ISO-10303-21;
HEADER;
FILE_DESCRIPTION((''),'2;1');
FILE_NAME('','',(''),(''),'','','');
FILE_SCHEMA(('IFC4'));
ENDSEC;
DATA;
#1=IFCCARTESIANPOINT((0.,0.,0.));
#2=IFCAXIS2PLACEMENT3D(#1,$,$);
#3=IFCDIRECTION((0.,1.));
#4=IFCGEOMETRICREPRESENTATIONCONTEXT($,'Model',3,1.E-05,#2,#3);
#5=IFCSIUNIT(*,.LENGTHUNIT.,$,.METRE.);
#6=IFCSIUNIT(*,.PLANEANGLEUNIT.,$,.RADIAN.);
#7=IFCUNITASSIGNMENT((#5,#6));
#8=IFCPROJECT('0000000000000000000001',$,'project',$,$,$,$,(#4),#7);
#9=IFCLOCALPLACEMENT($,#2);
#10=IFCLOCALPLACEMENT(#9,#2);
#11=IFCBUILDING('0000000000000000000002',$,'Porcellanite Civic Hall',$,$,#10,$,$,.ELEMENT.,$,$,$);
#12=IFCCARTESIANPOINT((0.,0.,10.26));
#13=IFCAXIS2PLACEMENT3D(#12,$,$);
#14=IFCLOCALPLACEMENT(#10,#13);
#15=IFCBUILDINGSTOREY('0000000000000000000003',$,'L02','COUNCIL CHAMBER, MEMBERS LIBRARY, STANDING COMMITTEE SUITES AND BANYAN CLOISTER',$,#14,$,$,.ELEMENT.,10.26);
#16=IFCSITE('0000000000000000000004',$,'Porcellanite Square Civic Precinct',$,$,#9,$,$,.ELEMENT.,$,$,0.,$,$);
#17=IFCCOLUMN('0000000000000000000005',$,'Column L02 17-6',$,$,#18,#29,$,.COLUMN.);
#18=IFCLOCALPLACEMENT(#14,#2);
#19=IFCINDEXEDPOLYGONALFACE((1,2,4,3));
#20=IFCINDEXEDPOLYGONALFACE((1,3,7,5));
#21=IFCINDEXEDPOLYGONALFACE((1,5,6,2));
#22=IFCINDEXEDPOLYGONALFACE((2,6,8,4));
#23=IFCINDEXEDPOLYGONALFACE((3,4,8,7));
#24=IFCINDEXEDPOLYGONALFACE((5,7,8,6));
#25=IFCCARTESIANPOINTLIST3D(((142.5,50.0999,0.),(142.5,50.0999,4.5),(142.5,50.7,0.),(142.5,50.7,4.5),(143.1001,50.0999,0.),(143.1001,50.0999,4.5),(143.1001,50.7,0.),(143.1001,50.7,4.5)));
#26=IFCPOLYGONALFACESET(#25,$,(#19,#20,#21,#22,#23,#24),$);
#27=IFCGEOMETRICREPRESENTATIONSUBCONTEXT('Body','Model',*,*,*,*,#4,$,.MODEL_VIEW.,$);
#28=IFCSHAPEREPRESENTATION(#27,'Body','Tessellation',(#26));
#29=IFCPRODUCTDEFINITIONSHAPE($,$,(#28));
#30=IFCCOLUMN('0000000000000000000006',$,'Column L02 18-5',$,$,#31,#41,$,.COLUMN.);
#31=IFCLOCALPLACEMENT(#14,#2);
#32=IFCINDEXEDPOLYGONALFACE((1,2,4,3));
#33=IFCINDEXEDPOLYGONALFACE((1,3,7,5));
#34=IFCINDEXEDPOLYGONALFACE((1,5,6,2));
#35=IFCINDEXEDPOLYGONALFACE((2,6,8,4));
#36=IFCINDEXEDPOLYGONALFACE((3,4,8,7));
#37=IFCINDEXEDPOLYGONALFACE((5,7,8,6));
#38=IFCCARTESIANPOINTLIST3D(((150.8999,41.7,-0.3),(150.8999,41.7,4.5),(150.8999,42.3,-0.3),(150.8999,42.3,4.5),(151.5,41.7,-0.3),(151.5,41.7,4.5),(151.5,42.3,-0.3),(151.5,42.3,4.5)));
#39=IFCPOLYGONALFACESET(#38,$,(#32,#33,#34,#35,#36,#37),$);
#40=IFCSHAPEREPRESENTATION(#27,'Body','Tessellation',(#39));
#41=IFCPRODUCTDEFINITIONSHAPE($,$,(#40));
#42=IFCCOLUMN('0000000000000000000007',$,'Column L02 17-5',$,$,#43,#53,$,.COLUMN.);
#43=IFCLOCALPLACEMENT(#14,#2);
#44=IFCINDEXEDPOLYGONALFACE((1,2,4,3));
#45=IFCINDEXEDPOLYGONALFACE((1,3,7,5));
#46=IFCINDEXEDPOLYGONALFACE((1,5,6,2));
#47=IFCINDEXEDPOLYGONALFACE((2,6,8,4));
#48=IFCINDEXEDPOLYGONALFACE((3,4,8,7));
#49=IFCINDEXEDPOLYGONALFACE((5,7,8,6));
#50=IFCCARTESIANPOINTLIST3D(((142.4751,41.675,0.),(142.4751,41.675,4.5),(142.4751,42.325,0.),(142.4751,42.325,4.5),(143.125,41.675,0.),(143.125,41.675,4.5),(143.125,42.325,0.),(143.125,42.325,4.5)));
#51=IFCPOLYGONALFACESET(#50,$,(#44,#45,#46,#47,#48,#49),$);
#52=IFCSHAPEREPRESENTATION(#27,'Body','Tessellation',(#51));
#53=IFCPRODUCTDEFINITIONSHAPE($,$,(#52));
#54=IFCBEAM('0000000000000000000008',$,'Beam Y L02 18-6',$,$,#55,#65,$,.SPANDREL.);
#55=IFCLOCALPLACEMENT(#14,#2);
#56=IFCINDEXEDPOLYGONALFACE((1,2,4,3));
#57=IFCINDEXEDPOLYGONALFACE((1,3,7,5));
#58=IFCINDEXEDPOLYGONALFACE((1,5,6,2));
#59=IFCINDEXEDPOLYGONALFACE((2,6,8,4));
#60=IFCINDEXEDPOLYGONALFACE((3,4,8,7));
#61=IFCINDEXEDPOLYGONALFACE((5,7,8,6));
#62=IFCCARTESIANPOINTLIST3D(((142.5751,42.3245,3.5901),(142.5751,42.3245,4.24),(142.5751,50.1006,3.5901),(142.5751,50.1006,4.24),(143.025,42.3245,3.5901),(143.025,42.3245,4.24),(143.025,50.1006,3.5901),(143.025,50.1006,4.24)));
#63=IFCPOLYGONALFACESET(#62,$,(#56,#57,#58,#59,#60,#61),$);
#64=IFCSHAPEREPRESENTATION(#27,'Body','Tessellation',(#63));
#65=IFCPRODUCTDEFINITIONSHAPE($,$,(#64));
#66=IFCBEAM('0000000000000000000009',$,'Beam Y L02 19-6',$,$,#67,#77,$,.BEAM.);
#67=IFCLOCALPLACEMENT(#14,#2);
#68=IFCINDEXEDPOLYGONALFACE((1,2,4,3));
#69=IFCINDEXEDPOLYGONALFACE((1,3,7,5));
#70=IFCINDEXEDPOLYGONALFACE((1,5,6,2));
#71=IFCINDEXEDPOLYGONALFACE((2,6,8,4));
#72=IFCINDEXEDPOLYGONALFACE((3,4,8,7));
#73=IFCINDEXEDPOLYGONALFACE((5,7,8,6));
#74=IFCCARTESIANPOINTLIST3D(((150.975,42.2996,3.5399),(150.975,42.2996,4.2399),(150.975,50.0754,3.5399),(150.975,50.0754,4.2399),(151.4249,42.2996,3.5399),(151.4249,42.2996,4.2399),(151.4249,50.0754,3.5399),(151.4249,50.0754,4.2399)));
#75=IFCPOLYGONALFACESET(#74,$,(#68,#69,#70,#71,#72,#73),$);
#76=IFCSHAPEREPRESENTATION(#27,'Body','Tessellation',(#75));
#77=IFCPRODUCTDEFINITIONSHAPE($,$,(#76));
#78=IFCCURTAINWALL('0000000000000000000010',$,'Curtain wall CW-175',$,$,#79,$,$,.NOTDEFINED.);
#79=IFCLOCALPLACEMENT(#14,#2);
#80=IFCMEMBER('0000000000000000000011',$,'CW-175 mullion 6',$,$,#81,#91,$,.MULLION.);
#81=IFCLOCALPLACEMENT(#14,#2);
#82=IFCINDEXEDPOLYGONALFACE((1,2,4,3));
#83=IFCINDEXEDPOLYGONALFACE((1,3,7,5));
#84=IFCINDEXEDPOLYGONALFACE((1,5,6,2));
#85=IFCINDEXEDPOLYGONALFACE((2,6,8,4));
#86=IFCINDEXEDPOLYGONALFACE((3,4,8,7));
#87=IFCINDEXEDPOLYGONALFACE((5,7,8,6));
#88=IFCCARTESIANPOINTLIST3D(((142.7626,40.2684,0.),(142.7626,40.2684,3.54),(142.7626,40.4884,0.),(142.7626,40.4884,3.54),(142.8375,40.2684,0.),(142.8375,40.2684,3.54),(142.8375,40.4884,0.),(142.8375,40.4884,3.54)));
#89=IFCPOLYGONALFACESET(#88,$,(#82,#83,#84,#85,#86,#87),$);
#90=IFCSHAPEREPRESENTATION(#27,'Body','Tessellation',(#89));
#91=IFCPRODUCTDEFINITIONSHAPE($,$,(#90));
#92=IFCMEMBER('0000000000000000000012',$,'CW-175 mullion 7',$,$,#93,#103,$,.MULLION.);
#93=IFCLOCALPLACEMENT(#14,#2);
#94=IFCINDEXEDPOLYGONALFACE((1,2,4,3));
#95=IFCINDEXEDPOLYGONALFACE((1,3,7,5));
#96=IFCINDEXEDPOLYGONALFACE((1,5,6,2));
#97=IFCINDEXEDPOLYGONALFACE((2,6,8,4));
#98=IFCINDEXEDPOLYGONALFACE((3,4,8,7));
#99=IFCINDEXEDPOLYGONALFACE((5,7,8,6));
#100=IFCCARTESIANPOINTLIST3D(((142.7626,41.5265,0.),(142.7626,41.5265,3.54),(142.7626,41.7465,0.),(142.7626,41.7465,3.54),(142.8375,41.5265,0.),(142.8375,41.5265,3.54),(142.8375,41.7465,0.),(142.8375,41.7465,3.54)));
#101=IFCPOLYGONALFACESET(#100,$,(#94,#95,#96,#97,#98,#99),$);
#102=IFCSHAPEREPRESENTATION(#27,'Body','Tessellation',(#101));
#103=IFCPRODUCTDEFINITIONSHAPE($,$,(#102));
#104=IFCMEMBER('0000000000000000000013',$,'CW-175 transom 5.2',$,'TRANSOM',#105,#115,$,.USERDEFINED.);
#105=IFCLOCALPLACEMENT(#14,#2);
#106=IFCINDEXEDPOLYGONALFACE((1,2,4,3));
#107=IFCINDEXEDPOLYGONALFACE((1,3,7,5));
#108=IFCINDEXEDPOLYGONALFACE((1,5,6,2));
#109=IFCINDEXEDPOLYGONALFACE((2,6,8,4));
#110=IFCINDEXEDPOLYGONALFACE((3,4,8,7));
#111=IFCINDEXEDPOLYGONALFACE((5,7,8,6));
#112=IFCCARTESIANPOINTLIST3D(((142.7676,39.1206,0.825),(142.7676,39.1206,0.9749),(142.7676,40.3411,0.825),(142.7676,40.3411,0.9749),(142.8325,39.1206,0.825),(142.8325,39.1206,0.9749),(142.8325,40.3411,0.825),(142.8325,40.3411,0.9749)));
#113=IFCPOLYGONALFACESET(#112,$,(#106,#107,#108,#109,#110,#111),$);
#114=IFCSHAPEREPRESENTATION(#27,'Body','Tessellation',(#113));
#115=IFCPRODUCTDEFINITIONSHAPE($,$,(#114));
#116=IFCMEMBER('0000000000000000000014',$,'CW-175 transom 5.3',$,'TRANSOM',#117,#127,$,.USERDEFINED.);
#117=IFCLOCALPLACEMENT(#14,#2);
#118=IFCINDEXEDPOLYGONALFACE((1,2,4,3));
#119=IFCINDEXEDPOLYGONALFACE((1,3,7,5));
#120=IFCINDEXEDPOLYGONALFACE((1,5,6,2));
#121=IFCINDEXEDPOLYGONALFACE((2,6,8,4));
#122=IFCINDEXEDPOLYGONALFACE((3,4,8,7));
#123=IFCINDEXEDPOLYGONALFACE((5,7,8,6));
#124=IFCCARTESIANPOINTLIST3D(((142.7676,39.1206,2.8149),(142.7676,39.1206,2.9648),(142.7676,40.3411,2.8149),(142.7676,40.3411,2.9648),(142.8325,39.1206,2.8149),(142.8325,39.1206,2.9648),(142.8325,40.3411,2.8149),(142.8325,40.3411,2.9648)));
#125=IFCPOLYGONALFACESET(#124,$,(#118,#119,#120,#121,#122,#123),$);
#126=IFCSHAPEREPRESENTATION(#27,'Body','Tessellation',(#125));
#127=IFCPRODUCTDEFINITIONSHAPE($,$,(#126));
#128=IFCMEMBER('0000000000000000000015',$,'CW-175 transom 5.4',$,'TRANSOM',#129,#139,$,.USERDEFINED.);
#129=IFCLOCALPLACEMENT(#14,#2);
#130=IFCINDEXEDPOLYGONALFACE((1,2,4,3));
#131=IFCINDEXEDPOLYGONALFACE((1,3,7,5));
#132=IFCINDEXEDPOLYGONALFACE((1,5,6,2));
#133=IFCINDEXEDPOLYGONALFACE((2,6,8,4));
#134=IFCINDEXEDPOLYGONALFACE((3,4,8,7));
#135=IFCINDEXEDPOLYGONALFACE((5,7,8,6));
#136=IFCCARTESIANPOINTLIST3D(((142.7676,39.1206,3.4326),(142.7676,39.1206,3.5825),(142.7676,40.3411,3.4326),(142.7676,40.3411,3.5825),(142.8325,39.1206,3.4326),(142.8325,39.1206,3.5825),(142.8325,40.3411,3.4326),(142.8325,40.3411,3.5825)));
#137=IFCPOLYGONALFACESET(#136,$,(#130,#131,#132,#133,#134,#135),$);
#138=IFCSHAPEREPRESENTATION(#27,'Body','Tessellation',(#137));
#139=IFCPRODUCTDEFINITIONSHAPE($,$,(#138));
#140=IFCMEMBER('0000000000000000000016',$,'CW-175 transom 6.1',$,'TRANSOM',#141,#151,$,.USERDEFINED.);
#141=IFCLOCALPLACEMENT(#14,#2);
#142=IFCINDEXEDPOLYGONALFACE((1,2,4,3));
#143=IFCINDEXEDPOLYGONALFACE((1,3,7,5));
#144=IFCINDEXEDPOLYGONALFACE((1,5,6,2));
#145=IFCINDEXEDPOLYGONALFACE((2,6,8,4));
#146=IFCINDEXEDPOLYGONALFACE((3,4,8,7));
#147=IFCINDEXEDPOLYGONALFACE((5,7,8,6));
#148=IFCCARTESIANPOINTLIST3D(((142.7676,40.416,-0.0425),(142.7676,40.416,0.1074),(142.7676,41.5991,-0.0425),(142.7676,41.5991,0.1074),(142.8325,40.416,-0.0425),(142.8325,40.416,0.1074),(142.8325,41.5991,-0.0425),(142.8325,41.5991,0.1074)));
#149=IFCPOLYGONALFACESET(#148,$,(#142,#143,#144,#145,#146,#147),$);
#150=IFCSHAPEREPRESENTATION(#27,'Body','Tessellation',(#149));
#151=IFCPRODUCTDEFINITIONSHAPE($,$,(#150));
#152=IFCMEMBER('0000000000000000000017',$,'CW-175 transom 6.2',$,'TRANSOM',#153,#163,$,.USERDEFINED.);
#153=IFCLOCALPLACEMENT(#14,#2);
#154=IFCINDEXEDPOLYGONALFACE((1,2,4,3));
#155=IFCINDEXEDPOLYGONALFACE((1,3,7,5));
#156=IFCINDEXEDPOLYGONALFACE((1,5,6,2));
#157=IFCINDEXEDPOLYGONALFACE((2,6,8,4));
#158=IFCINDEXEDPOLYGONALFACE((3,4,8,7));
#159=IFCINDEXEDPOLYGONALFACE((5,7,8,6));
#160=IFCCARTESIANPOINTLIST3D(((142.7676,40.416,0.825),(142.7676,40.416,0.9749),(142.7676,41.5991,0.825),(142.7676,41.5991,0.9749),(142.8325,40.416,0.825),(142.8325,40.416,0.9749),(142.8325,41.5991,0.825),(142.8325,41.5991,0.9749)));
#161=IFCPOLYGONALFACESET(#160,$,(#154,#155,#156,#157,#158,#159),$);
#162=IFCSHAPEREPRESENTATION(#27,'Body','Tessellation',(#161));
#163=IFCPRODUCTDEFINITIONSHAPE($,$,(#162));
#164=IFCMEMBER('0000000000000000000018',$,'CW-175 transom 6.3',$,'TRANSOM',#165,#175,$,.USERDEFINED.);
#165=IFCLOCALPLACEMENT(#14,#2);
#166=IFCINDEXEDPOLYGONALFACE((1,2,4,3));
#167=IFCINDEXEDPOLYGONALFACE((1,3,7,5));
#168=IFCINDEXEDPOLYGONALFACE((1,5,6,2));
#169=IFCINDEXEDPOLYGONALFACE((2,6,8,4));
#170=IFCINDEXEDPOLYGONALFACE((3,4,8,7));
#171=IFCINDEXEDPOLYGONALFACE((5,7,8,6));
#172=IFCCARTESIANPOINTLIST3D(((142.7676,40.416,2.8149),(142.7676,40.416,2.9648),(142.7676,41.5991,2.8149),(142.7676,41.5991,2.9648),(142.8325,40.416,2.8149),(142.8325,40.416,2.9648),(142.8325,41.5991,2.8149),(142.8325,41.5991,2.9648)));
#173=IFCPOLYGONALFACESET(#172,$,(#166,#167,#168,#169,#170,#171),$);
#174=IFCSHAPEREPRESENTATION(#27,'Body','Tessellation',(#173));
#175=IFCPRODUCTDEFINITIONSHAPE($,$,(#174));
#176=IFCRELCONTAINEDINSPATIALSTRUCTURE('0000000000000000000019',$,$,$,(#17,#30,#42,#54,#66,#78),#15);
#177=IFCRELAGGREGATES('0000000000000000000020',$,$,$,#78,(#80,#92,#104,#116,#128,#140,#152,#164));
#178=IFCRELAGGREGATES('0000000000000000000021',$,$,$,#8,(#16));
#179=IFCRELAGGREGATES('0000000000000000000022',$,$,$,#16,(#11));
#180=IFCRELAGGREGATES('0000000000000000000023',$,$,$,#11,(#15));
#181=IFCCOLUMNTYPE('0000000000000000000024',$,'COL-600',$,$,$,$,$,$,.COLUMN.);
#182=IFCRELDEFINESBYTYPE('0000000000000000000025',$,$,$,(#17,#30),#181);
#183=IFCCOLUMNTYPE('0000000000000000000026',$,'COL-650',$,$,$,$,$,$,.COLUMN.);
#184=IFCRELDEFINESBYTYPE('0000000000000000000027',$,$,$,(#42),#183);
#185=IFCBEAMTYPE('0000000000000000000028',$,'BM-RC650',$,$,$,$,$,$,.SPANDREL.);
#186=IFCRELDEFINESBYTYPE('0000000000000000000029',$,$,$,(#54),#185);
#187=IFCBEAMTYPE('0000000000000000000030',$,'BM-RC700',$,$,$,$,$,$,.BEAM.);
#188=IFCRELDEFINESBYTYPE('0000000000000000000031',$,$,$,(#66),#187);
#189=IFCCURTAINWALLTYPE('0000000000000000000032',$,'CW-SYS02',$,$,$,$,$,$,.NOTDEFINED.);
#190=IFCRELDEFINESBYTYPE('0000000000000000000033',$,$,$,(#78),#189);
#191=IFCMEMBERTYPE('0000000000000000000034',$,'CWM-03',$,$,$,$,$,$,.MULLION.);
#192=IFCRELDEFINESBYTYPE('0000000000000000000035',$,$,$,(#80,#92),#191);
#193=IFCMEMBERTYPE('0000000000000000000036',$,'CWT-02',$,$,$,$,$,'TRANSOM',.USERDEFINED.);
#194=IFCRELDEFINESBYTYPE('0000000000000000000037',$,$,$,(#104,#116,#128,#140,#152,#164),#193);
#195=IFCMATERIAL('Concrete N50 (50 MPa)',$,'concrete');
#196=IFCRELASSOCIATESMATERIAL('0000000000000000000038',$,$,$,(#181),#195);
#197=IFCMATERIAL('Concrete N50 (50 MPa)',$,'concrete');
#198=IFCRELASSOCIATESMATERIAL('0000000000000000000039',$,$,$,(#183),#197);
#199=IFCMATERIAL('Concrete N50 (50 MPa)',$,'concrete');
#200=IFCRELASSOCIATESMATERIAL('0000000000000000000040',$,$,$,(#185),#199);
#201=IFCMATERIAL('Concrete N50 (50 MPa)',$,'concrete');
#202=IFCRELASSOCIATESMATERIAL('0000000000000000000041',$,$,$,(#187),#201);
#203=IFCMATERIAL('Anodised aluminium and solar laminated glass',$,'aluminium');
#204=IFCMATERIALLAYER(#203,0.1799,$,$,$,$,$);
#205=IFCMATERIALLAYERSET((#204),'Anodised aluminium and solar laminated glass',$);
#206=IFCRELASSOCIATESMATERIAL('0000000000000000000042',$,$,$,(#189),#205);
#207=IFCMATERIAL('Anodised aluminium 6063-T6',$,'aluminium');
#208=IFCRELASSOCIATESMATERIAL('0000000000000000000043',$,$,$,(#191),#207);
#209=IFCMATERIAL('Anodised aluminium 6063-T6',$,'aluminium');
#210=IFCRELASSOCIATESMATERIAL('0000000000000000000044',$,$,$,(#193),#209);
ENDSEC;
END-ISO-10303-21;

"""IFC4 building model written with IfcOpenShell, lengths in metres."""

from ifc_helpers import new_model, si_unit, direction, frame, origin, origin_2d, place, context, subcontext, project, spatial, rectangle, extrude, material, layer, layer_set, material_profile, profile_set, type_object, element, aggregate, save


model = new_model("IFC4")

# Units and contexts
model_context = context("Model", 3, precision=1e-05, world=origin(), true_north=direction((0.0, 1.0)))
body_context = subcontext(model_context, "Body", "Model", "MODEL_VIEW")
ifc_project = project(units=[si_unit("LENGTHUNIT", "METRE"), si_unit("PLANEANGLEUNIT", "RADIAN")], contexts=[model_context])

# Site, building, storey
site_placement = place(None, origin())
site = spatial("IfcSite", under=ifc_project, at=site_placement, Name="Porcellanite Square Civic Precinct", CompositionType="ELEMENT", RefElevation=0.0)
building_placement = place(site_placement, origin())
building = spatial("IfcBuilding", under=site, at=building_placement, Name="Porcellanite Civic Hall", CompositionType="ELEMENT")
storey_placement = place(building_placement, frame((0.0, 0.0, 10.26)))
storey = spatial("IfcBuildingStorey", under=building, at=storey_placement, Name="L02", Description="COUNCIL CHAMBER, MEMBERS LIBRARY, STANDING COMMITTEE SUITES AND BANYAN CLOISTER", CompositionType="ELEMENT", Elevation=10.26)

# Columns
ifc_material_1 = material(Name="Concrete N50 (50 MPa)", Category="concrete")
ifc_material_profile_1 = material_profile(ifc_material_1, rectangle(XDim=0.6001, YDim=0.6001, at=origin_2d()), Name="RC-600x600")
ifc_profile_set_1 = profile_set([ifc_material_profile_1], Name="Concrete N50 (50 MPa)")
column_type_1 = type_object("IfcColumnType", Name="COL-600", PredefinedType="COLUMN", material=ifc_profile_set_1)
column_1_placement = place(storey_placement, frame((142.8, 50.3999, 0.0), z_axis=(0.0, 0.0, 1.0), x_axis=(1.0, 0.0, 0.0)))
element("IfcColumn", 1, at=column_1_placement, inside=storey, type_object=column_type_1, Name="Column L02 17-6", PredefinedType="COLUMN", context=body_context, shape_type="SweptSolid", body=[
    extrude(rectangle(XDim=0.6001, YDim=0.6001, at=origin_2d()), origin(), (0.0, 0.0, 1.0), 4.5),
])
column_2_placement = place(storey_placement, frame((151.2, 42.0, -0.3), z_axis=(0.0, 0.0, 1.0), x_axis=(1.0, 0.0, 0.0)))
element("IfcColumn", 2, at=column_2_placement, inside=storey, type_object=column_type_1, Name="Column L02 18-5", PredefinedType="COLUMN", context=body_context, shape_type="SweptSolid", body=[
    extrude(rectangle(XDim=0.6001, YDim=0.6001, at=origin_2d()), origin(), (0.0, 0.0, 1.0), 4.8),
])
ifc_material_2 = material(Name="Concrete N50 (50 MPa)", Category="concrete")
ifc_material_profile_2 = material_profile(ifc_material_2, rectangle(XDim=0.6499, YDim=0.6499, at=origin_2d()), Name="RC-650x650")
ifc_profile_set_2 = profile_set([ifc_material_profile_2], Name="Concrete N50 (50 MPa)")
column_type_2 = type_object("IfcColumnType", Name="COL-650", PredefinedType="COLUMN", material=ifc_profile_set_2)
column_3_placement = place(storey_placement, frame((142.8, 42.0, 0.0), z_axis=(0.0, 0.0, 1.0), x_axis=(1.0, 0.0, 0.0)))
element("IfcColumn", 3, at=column_3_placement, inside=storey, type_object=column_type_2, Name="Column L02 17-5", PredefinedType="COLUMN", context=body_context, shape_type="SweptSolid", body=[
    extrude(rectangle(XDim=0.6499, YDim=0.6499, at=origin_2d()), origin(), (0.0, 0.0, 1.0), 4.5),
])

# Beams
ifc_material_3 = material(Name="Concrete N50 (50 MPa)", Category="concrete")
ifc_material_profile_3 = material_profile(ifc_material_3, rectangle(XDim=0.45, YDim=0.6499, at=origin_2d()), Name="RC-450x650")
ifc_profile_set_3 = profile_set([ifc_material_profile_3], Name="Concrete N50 (50 MPa)")
beam_type_1 = type_object("IfcBeamType", Name="BM-RC650", PredefinedType="SPANDREL", material=ifc_profile_set_3)
beam_1_placement = place(storey_placement, frame((142.8, 42.3245, 3.915), z_axis=(0.0, 1.0, 0.0), x_axis=(-1.0, 0.0, 0.0)))
element("IfcBeam", 4, at=beam_1_placement, inside=storey, type_object=beam_type_1, Name="Beam Y L02 18-6", PredefinedType="SPANDREL", context=body_context, shape_type="SweptSolid", body=[
    extrude(rectangle(XDim=0.45, YDim=0.6499, at=origin_2d()), origin(), (0.0, 0.0, 1.0), 7.7761),
])
ifc_material_4 = material(Name="Concrete N50 (50 MPa)", Category="concrete")
ifc_material_profile_4 = material_profile(ifc_material_4, rectangle(XDim=0.45, YDim=0.7, at=origin_2d()), Name="RC-450x700")
ifc_profile_set_4 = profile_set([ifc_material_profile_4], Name="Concrete N50 (50 MPa)")
beam_type_2 = type_object("IfcBeamType", Name="BM-RC700", PredefinedType="BEAM", material=ifc_profile_set_4)
beam_2_placement = place(storey_placement, frame((151.2, 42.2996, 3.8899), z_axis=(0.0, 1.0, 0.0), x_axis=(-1.0, 0.0, 0.0)))
element("IfcBeam", 5, at=beam_2_placement, inside=storey, type_object=beam_type_2, Name="Beam Y L02 19-6", PredefinedType="BEAM", context=body_context, shape_type="SweptSolid", body=[
    extrude(rectangle(XDim=0.45, YDim=0.7, at=origin_2d()), origin(), (0.0, 0.0, 1.0), 7.7759),
])

# Curtain wall, members
ifc_material_5 = material(Name="Anodised aluminium and solar laminated glass", Category="aluminium")
ifc_layer_1 = layer(ifc_material_5, 0.1799)
ifc_layer_set_1 = layer_set([ifc_layer_1], Name="Anodised aluminium and solar laminated glass")
curtain_wall_type = type_object("IfcCurtainWallType", Name="CW-SYS02", PredefinedType="NOTDEFINED", material=ifc_layer_set_1)
curtain_wall_placement = place(storey_placement, origin())
curtain_wall = element("IfcCurtainWall", 6, at=curtain_wall_placement, inside=storey, type_object=curtain_wall_type, Name="Curtain wall CW-175", PredefinedType="NOTDEFINED")
ifc_material_6 = material(Name="Anodised aluminium 6063-T6", Category="aluminium")
ifc_material_profile_5 = material_profile(ifc_material_6, rectangle(XDim=0.075, YDim=0.22, at=origin_2d()), Name="AL-75x220")
ifc_profile_set_5 = profile_set([ifc_material_profile_5], Name="Anodised aluminium 6063-T6")
member_type_1 = type_object("IfcMemberType", Name="CWM-03", PredefinedType="MULLION", material=ifc_profile_set_5)
member_1_placement = place(storey_placement, frame((142.8, 40.3784, 0.0), z_axis=(0.0, 0.0, 1.0), x_axis=(-1.0, 0.0, 0.0)))
member_1 = element("IfcMember", 7, at=member_1_placement, type_object=member_type_1, Name="CW-175 mullion 6", PredefinedType="MULLION", context=body_context, shape_type="SweptSolid", body=[
    extrude(rectangle(XDim=0.075, YDim=0.22, at=origin_2d()), origin(), (0.0, 0.0, 1.0), 3.54),
])
member_2_placement = place(storey_placement, frame((142.8, 41.6365, 0.0), z_axis=(0.0, 0.0, 1.0), x_axis=(-1.0, 0.0, 0.0)))
member_2 = element("IfcMember", 8, at=member_2_placement, type_object=member_type_1, Name="CW-175 mullion 7", PredefinedType="MULLION", context=body_context, shape_type="SweptSolid", body=[
    extrude(rectangle(XDim=0.075, YDim=0.22, at=origin_2d()), origin(), (0.0, 0.0, 1.0), 3.54),
])
ifc_material_7 = material(Name="Anodised aluminium 6063-T6", Category="aluminium")
ifc_material_profile_6 = material_profile(ifc_material_7, rectangle(XDim=0.0649, YDim=0.1499, at=origin_2d()), Name="AL-65x150")
ifc_profile_set_6 = profile_set([ifc_material_profile_6], Name="Anodised aluminium 6063-T6")
member_type_2 = type_object("IfcMemberType", Name="CWT-02", ElementType="TRANSOM", PredefinedType="USERDEFINED", material=ifc_profile_set_6)
member_3_placement = place(storey_placement, frame((142.8, 39.1206, 0.8999), z_axis=(0.0, 1.0, 0.0), x_axis=(-1.0, 0.0, 0.0)))
member_3 = element("IfcMember", 9, at=member_3_placement, type_object=member_type_2, Name="CW-175 transom 5.2", ObjectType="TRANSOM", PredefinedType="USERDEFINED", context=body_context, shape_type="SweptSolid", body=[
    extrude(rectangle(XDim=0.0649, YDim=0.1499, at=origin_2d()), origin(), (0.0, 0.0, 1.0), 1.2205),
])
member_4_placement = place(storey_placement, frame((142.8, 39.1206, 2.8899), z_axis=(0.0, 1.0, 0.0), x_axis=(-1.0, 0.0, 0.0)))
member_4 = element("IfcMember", 10, at=member_4_placement, type_object=member_type_2, Name="CW-175 transom 5.3", ObjectType="TRANSOM", PredefinedType="USERDEFINED", context=body_context, shape_type="SweptSolid", body=[
    extrude(rectangle(XDim=0.0649, YDim=0.1499, at=origin_2d()), origin(), (0.0, 0.0, 1.0), 1.2205),
])
member_5_placement = place(storey_placement, frame((142.8, 39.1206, 3.5076), z_axis=(0.0, 1.0, 0.0), x_axis=(-1.0, 0.0, 0.0)))
member_5 = element("IfcMember", 11, at=member_5_placement, type_object=member_type_2, Name="CW-175 transom 5.4", ObjectType="TRANSOM", PredefinedType="USERDEFINED", context=body_context, shape_type="SweptSolid", body=[
    extrude(rectangle(XDim=0.0649, YDim=0.1499, at=origin_2d()), origin(), (0.0, 0.0, 1.0), 1.2205),
])
member_6_placement = place(storey_placement, frame((142.8, 40.416, 0.0325), z_axis=(0.0, 1.0, 0.0), x_axis=(-1.0, 0.0, 0.0)))
member_6 = element("IfcMember", 12, at=member_6_placement, type_object=member_type_2, Name="CW-175 transom 6.1", ObjectType="TRANSOM", PredefinedType="USERDEFINED", context=body_context, shape_type="SweptSolid", body=[
    extrude(rectangle(XDim=0.0649, YDim=0.1499, at=origin_2d()), origin(), (0.0, 0.0, 1.0), 1.1831),
])
member_7_placement = place(storey_placement, frame((142.8, 40.416, 0.8999), z_axis=(0.0, 1.0, 0.0), x_axis=(-1.0, 0.0, 0.0)))
member_7 = element("IfcMember", 13, at=member_7_placement, type_object=member_type_2, Name="CW-175 transom 6.2", ObjectType="TRANSOM", PredefinedType="USERDEFINED", context=body_context, shape_type="SweptSolid", body=[
    extrude(rectangle(XDim=0.0649, YDim=0.1499, at=origin_2d()), origin(), (0.0, 0.0, 1.0), 1.1831),
])
member_8_placement = place(storey_placement, frame((142.8, 40.416, 2.8899), z_axis=(0.0, 1.0, 0.0), x_axis=(-1.0, 0.0, 0.0)))
member_8 = element("IfcMember", 14, at=member_8_placement, type_object=member_type_2, Name="CW-175 transom 6.3", ObjectType="TRANSOM", PredefinedType="USERDEFINED", context=body_context, shape_type="SweptSolid", body=[
    extrude(rectangle(XDim=0.0649, YDim=0.1499, at=origin_2d()), origin(), (0.0, 0.0, 1.0), 1.1831),
])

aggregate(curtain_wall, [member_1, member_2, member_3, member_4, member_5, member_6, member_7, member_8])

save(model, "model.ifc")
